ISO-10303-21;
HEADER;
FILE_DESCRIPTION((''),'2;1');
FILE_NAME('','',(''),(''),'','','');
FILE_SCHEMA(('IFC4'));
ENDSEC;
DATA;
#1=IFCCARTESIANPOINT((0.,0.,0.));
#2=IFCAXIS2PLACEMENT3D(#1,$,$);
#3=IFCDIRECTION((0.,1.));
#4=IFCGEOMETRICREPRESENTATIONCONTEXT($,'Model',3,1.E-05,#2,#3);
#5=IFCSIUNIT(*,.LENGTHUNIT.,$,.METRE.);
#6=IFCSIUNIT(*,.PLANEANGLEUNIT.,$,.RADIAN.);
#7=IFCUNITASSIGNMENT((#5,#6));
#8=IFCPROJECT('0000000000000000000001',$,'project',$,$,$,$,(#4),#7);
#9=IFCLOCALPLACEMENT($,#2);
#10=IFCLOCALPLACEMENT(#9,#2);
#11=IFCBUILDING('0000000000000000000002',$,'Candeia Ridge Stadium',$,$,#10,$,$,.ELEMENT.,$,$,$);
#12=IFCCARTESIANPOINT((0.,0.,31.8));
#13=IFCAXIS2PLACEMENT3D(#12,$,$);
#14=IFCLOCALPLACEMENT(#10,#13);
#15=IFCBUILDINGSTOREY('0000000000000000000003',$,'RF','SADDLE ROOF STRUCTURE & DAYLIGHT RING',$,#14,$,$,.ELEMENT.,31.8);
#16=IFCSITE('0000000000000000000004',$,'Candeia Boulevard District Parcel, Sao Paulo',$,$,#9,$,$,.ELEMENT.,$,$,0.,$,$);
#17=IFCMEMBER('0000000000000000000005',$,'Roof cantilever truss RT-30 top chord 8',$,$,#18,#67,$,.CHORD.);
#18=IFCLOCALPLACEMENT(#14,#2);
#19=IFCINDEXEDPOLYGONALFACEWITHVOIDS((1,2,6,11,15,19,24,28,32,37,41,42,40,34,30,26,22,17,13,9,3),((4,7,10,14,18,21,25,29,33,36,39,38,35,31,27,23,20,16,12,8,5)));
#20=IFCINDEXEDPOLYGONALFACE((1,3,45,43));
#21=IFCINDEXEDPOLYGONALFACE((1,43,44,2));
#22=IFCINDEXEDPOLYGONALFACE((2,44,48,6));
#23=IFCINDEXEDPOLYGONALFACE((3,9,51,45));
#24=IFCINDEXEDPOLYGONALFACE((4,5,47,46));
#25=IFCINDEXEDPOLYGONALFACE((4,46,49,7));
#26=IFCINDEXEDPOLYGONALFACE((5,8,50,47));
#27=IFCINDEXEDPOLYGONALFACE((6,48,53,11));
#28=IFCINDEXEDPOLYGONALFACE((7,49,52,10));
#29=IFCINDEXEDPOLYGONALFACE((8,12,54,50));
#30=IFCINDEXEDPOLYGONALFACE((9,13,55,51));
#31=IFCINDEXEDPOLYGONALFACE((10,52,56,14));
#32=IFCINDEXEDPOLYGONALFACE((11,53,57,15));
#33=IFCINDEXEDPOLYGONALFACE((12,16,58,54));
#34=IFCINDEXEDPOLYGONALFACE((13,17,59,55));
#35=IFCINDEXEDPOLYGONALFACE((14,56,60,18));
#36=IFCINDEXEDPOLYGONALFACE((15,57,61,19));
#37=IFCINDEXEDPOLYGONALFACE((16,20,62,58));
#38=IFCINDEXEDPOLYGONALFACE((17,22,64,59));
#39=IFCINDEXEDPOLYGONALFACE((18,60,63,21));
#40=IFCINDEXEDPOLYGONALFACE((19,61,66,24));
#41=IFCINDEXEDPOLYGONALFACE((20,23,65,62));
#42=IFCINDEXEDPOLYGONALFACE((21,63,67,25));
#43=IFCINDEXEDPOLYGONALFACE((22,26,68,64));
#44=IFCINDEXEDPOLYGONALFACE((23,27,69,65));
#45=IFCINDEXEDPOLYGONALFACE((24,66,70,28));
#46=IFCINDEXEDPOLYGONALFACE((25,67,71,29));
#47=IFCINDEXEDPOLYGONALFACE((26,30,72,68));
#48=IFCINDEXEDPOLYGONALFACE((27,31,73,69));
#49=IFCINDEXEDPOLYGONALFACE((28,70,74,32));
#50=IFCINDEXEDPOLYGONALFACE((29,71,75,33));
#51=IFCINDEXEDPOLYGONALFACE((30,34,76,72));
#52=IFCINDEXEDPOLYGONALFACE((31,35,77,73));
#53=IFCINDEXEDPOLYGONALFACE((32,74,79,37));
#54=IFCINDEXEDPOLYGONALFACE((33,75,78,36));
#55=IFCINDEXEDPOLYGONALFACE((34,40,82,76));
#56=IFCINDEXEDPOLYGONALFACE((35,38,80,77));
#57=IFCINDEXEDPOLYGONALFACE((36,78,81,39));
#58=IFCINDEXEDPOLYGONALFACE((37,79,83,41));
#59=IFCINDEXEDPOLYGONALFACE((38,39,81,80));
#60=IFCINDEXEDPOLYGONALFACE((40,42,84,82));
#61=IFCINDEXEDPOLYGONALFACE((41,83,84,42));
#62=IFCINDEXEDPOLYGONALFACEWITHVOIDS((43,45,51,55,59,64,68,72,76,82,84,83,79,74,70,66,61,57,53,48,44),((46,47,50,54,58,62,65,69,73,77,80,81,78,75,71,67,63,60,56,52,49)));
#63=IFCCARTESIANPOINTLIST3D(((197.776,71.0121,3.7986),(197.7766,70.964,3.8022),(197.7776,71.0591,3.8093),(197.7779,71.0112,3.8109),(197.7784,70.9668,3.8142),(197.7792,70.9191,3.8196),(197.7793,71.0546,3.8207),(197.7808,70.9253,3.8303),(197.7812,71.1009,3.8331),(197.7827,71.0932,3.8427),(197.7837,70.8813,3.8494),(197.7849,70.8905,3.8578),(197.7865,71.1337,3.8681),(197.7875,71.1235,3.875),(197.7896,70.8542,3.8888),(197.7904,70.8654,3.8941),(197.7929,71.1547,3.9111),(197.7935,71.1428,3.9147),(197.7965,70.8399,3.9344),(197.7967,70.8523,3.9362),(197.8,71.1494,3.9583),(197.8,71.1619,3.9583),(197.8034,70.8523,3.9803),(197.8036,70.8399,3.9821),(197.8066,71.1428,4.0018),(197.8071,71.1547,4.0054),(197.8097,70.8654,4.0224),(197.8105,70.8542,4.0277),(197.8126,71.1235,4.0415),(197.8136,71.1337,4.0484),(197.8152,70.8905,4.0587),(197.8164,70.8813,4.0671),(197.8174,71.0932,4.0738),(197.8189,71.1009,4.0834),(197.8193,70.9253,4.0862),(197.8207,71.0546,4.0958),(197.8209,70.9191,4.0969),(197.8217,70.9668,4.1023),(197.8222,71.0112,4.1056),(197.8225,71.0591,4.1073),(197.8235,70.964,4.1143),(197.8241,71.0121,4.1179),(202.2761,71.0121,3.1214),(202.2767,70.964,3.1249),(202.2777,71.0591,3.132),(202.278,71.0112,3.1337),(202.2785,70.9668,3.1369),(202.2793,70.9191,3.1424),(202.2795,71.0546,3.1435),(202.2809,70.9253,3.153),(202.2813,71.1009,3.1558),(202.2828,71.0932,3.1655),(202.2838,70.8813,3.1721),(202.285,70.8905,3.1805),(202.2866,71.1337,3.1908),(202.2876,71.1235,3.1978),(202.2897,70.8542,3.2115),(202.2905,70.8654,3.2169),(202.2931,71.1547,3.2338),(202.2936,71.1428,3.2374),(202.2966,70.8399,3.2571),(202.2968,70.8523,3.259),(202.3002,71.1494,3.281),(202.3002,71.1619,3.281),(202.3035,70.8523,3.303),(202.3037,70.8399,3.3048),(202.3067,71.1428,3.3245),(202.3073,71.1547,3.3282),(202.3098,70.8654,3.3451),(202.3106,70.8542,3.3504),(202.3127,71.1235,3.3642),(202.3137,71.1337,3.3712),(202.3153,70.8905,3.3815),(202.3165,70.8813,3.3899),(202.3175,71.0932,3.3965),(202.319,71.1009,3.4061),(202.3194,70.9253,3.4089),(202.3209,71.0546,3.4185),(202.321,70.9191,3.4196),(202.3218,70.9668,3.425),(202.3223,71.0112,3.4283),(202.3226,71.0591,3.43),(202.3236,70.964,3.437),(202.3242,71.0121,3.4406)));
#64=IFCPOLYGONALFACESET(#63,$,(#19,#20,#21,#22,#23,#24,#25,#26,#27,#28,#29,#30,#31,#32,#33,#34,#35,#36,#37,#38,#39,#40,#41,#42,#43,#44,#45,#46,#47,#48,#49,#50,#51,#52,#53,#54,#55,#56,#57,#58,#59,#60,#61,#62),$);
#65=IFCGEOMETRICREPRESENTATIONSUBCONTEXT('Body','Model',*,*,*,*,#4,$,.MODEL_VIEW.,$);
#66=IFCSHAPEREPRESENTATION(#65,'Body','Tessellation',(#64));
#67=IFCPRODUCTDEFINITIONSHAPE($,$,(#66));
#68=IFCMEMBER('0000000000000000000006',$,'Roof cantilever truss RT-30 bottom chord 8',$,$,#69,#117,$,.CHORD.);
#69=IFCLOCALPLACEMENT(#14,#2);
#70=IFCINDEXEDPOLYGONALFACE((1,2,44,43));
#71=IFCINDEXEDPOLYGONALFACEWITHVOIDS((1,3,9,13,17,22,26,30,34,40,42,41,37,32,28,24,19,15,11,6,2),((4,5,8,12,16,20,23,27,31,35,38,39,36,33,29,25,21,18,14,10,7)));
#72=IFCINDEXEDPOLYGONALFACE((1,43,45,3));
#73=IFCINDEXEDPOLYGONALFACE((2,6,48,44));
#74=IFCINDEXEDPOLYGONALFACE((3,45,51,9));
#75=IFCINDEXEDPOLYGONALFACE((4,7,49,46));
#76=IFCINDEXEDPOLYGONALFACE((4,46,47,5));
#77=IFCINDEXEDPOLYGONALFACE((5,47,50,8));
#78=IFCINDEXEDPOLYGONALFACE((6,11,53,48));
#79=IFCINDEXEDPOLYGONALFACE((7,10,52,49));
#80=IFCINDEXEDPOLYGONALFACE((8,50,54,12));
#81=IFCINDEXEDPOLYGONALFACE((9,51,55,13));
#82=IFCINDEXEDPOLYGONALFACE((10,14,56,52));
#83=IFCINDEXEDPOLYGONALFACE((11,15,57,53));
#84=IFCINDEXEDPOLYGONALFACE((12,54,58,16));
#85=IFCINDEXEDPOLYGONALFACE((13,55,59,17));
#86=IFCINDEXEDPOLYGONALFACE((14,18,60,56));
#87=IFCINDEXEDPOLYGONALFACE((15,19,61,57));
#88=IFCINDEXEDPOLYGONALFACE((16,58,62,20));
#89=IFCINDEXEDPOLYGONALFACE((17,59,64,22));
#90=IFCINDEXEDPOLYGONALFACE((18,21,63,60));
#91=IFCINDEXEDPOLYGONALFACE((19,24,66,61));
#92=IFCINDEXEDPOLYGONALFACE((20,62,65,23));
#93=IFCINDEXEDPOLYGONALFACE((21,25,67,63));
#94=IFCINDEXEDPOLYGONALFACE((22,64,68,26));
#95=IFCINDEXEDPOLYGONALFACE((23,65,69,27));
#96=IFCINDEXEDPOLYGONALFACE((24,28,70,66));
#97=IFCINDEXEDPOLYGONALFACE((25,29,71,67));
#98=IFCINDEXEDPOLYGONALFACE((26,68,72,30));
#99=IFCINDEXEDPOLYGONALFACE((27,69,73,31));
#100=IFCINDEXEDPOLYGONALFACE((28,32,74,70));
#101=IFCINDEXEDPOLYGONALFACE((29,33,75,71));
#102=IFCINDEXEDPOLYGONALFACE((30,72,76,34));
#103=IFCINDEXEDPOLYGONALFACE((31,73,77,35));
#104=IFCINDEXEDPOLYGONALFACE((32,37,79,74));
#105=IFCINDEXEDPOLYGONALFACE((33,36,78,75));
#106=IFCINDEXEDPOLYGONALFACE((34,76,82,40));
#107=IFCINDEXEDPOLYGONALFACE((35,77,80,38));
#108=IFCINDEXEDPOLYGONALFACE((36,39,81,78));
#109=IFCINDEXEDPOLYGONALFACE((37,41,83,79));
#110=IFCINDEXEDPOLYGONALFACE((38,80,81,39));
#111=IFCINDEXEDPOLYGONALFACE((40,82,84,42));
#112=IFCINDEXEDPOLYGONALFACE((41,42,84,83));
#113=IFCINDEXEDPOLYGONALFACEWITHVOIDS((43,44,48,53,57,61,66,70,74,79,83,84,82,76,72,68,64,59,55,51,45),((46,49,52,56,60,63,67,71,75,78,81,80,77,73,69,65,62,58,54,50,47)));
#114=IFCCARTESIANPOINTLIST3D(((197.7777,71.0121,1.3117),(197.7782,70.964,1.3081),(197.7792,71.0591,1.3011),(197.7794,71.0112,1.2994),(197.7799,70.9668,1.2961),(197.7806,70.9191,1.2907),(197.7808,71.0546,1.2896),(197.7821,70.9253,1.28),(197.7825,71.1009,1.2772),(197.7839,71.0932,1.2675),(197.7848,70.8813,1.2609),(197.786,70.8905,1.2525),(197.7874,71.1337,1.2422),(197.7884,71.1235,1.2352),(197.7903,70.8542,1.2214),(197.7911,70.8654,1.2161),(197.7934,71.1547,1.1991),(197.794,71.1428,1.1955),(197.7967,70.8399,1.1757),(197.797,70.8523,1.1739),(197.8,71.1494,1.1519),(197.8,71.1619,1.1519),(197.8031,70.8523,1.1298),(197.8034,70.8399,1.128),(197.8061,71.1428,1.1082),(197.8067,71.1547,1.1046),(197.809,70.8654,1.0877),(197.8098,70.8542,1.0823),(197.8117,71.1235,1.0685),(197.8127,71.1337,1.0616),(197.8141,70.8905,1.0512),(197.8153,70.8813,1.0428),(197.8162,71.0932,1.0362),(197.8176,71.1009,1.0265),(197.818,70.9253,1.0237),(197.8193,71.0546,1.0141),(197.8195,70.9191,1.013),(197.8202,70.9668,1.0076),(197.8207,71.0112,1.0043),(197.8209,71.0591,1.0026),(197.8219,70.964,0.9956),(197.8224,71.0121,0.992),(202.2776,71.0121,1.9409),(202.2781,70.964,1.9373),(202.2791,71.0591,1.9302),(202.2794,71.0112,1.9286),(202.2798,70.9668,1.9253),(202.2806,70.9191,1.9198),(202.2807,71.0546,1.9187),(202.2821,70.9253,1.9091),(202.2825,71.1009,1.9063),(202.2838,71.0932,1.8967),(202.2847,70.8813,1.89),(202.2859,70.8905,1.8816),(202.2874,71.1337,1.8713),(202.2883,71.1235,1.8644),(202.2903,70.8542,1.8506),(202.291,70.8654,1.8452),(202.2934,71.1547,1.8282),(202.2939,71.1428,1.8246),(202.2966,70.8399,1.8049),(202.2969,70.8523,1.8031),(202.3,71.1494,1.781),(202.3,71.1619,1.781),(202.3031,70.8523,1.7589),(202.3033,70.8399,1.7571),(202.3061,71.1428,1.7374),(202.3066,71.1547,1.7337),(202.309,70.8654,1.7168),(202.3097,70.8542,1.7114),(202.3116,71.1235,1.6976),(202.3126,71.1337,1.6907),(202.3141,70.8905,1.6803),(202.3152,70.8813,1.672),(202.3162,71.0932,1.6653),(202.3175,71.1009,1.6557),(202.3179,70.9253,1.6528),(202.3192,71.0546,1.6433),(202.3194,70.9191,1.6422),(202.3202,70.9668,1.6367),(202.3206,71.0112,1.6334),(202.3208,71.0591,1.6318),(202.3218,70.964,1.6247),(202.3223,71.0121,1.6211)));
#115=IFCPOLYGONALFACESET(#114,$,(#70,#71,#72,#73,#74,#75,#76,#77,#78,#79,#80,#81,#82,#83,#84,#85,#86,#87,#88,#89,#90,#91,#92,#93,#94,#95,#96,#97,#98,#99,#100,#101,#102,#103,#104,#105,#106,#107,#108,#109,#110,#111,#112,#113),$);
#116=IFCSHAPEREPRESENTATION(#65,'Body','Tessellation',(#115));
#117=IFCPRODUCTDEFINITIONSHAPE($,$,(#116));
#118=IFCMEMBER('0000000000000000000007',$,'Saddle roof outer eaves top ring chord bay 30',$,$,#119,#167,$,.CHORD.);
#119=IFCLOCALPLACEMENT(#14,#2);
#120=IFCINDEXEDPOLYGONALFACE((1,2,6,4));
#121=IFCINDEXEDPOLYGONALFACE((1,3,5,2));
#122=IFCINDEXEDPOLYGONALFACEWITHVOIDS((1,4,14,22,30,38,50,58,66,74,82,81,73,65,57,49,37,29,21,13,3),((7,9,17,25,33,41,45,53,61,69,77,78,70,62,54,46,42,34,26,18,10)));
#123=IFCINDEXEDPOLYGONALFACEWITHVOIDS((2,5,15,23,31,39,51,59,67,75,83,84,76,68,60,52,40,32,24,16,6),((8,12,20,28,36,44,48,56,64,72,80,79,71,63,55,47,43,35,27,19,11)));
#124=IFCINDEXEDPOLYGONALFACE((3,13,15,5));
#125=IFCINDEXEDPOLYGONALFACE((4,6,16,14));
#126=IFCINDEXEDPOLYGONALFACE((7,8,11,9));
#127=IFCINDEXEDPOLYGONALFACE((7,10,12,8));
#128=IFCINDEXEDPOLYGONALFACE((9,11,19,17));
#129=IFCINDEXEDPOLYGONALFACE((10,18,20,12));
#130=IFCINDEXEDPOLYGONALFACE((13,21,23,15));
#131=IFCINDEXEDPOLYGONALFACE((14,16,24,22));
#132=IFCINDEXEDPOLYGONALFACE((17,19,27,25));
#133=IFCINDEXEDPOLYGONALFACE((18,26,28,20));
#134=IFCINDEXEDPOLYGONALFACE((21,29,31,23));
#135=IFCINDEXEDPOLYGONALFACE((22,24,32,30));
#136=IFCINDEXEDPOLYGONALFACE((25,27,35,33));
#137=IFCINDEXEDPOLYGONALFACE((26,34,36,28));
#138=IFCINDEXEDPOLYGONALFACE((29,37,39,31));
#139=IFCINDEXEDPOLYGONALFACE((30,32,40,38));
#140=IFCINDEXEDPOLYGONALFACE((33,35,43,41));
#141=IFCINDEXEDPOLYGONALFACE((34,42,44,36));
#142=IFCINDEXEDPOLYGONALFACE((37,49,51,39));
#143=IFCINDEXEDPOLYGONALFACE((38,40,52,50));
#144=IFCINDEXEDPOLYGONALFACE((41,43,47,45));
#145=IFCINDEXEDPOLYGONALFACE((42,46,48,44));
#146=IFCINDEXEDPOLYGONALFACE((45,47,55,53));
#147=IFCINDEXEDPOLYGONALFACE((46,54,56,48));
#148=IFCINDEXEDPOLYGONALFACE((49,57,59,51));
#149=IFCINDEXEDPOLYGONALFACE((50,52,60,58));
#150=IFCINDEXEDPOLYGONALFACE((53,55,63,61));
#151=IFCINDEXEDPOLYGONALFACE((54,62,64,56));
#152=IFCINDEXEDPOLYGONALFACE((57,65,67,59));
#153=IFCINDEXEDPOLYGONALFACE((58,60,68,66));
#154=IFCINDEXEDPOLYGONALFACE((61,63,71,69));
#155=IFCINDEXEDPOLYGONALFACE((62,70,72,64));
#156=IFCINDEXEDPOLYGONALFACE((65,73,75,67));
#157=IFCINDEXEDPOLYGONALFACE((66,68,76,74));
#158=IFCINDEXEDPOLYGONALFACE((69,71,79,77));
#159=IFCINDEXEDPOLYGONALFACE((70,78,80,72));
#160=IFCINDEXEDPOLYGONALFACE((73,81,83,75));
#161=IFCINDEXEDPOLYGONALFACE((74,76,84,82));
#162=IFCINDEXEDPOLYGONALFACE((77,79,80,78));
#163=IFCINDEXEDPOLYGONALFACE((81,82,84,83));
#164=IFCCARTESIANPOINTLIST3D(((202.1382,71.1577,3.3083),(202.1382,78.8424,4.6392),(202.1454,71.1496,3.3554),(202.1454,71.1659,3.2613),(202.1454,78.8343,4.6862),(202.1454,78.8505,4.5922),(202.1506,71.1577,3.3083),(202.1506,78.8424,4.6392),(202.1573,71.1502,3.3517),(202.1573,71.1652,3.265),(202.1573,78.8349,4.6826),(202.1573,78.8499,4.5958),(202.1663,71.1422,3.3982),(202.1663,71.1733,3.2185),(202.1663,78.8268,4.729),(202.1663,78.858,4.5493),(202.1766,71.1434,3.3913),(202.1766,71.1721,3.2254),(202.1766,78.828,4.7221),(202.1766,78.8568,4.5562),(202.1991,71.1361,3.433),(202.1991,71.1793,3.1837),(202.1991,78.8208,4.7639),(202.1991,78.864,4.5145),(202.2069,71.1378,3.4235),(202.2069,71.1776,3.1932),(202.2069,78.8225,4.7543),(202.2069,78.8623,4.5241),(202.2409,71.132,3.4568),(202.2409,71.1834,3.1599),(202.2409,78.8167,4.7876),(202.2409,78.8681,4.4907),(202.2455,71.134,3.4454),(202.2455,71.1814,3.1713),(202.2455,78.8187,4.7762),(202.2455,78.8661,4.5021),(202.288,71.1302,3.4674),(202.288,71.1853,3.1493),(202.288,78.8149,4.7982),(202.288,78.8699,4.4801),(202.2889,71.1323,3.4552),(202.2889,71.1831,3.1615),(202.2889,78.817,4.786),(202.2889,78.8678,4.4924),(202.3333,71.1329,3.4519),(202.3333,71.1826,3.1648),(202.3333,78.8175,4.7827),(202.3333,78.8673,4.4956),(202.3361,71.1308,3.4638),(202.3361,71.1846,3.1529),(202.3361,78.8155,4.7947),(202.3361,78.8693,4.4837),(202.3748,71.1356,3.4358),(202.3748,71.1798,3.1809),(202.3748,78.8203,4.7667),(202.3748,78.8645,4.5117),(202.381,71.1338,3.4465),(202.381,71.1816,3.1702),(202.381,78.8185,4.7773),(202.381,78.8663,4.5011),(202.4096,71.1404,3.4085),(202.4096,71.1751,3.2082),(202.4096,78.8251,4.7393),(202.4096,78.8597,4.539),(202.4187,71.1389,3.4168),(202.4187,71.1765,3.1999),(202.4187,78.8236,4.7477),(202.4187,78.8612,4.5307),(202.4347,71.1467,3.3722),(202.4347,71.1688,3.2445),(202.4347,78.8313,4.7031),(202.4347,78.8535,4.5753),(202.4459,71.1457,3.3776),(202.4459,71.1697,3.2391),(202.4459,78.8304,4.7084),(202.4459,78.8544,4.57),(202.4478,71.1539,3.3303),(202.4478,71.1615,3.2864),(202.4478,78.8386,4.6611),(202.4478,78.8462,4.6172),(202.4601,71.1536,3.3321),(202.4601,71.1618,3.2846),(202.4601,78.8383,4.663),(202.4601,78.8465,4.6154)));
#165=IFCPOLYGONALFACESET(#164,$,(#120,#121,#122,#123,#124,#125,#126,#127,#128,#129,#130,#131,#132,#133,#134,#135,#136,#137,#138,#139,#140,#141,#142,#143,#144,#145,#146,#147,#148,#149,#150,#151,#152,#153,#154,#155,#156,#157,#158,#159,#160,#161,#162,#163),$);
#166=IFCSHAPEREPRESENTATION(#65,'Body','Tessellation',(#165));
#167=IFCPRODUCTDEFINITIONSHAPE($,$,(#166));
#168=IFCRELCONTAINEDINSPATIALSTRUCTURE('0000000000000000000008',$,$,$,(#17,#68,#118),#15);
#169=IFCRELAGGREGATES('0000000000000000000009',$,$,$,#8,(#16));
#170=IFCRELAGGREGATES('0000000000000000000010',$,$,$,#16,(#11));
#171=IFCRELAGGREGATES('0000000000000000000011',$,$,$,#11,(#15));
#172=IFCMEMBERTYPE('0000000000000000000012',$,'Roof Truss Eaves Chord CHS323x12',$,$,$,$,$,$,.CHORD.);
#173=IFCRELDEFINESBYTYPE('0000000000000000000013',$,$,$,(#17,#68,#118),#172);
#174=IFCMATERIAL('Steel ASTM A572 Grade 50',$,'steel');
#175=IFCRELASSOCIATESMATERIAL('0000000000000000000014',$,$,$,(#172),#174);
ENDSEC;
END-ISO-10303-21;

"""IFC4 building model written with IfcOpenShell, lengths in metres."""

from ifc_helpers import new_model, si_unit, direction, frame, origin, origin_2d, place, context, subcontext, project, spatial, hollow_circle, extrude, material, material_profile, profile_set, type_object, element, save


model = new_model("IFC4")

# Units and contexts
model_context = context("Model", 3, precision=1e-05, world=origin(), true_north=direction((0.0, 1.0)))
body_context = subcontext(model_context, "Body", "Model", "MODEL_VIEW")
ifc_project = project(units=[si_unit("LENGTHUNIT", "METRE"), si_unit("PLANEANGLEUNIT", "RADIAN")], contexts=[model_context])

# Site, building, storey
site_placement = place(None, origin())
site = spatial("IfcSite", under=ifc_project, at=site_placement, Name="Candeia Boulevard District Parcel, Sao Paulo", CompositionType="ELEMENT", RefElevation=0.0)
building_placement = place(site_placement, origin())
building = spatial("IfcBuilding", under=site, at=building_placement, Name="Candeia Ridge Stadium", CompositionType="ELEMENT")
storey_placement = place(building_placement, frame((0.0, 0.0, 31.8)))
storey = spatial("IfcBuildingStorey", under=building, at=storey_placement, Name="RF", Description="SADDLE ROOF STRUCTURE & DAYLIGHT RING", CompositionType="ELEMENT", Elevation=31.8)

# Shared definitions
ifc_material_1 = material(Name="Steel ASTM A572 Grade 50", Category="steel")

# Members
ifc_material_profile_1 = material_profile(ifc_material_1, hollow_circle(Radius=0.1619, WallThickness=0.0125, at=origin_2d()), Name="CHS323x12", Category="steel")
ifc_profile_set_1 = profile_set([ifc_material_profile_1], Name="Steel ASTM A572 Grade 50")
member_type_1 = type_object("IfcMemberType", Name="Roof Truss Eaves Chord CHS323x12", PredefinedType="CHORD", material=ifc_profile_set_1)
member_1_placement = place(storey_placement, frame((197.8, 71.0, 3.9583), z_axis=(0.988864, 0.0, -0.148823), x_axis=(0.0, 1.0, 0.0)))
element("IfcMember", 1, at=member_1_placement, inside=storey, type_object=member_type_1, Name="Roof cantilever truss RT-30 top chord 8", PredefinedType="CHORD", context=body_context, shape_type="SweptSolid", body=[
    extrude(hollow_circle(Radius=0.1619, WallThickness=0.0125, at=origin_2d()), origin(), (0.0, 0.0, 1.0), 4.5508),
])
member_2_placement = place(storey_placement, frame((197.8, 71.0, 1.1519), z_axis=(0.990367, 0.0, 0.138464), x_axis=(0.0, 1.0, 0.0)))
element("IfcMember", 2, at=member_2_placement, inside=storey, type_object=member_type_1, Name="Roof cantilever truss RT-30 bottom chord 8", PredefinedType="CHORD", context=body_context, shape_type="SweptSolid", body=[
    extrude(hollow_circle(Radius=0.1619, WallThickness=0.0125, at=origin_2d()), origin(), (0.0, 0.0, 1.0), 4.5437),
])
for number, where, z_axis, x_axis, name in (
    (3, (202.3, 71.1577, 3.3083), (0.0, 0.985334, 0.17064), (-1.0, 0.0, 0.0), "Saddle roof outer eaves top ring chord bay 30"),
):
    element("IfcMember", number, at=place(storey_placement, frame(where, z_axis=z_axis, x_axis=x_axis)), inside=storey, type_object=member_type_1, Name=name, PredefinedType="CHORD", context=body_context, shape_type="SweptSolid", body=[
        extrude(hollow_circle(Radius=0.1619, WallThickness=0.0125, at=origin_2d()), origin(), (0.0, 0.0, 1.0), 7.7991),
    ])

save(model, "model.ifc")
